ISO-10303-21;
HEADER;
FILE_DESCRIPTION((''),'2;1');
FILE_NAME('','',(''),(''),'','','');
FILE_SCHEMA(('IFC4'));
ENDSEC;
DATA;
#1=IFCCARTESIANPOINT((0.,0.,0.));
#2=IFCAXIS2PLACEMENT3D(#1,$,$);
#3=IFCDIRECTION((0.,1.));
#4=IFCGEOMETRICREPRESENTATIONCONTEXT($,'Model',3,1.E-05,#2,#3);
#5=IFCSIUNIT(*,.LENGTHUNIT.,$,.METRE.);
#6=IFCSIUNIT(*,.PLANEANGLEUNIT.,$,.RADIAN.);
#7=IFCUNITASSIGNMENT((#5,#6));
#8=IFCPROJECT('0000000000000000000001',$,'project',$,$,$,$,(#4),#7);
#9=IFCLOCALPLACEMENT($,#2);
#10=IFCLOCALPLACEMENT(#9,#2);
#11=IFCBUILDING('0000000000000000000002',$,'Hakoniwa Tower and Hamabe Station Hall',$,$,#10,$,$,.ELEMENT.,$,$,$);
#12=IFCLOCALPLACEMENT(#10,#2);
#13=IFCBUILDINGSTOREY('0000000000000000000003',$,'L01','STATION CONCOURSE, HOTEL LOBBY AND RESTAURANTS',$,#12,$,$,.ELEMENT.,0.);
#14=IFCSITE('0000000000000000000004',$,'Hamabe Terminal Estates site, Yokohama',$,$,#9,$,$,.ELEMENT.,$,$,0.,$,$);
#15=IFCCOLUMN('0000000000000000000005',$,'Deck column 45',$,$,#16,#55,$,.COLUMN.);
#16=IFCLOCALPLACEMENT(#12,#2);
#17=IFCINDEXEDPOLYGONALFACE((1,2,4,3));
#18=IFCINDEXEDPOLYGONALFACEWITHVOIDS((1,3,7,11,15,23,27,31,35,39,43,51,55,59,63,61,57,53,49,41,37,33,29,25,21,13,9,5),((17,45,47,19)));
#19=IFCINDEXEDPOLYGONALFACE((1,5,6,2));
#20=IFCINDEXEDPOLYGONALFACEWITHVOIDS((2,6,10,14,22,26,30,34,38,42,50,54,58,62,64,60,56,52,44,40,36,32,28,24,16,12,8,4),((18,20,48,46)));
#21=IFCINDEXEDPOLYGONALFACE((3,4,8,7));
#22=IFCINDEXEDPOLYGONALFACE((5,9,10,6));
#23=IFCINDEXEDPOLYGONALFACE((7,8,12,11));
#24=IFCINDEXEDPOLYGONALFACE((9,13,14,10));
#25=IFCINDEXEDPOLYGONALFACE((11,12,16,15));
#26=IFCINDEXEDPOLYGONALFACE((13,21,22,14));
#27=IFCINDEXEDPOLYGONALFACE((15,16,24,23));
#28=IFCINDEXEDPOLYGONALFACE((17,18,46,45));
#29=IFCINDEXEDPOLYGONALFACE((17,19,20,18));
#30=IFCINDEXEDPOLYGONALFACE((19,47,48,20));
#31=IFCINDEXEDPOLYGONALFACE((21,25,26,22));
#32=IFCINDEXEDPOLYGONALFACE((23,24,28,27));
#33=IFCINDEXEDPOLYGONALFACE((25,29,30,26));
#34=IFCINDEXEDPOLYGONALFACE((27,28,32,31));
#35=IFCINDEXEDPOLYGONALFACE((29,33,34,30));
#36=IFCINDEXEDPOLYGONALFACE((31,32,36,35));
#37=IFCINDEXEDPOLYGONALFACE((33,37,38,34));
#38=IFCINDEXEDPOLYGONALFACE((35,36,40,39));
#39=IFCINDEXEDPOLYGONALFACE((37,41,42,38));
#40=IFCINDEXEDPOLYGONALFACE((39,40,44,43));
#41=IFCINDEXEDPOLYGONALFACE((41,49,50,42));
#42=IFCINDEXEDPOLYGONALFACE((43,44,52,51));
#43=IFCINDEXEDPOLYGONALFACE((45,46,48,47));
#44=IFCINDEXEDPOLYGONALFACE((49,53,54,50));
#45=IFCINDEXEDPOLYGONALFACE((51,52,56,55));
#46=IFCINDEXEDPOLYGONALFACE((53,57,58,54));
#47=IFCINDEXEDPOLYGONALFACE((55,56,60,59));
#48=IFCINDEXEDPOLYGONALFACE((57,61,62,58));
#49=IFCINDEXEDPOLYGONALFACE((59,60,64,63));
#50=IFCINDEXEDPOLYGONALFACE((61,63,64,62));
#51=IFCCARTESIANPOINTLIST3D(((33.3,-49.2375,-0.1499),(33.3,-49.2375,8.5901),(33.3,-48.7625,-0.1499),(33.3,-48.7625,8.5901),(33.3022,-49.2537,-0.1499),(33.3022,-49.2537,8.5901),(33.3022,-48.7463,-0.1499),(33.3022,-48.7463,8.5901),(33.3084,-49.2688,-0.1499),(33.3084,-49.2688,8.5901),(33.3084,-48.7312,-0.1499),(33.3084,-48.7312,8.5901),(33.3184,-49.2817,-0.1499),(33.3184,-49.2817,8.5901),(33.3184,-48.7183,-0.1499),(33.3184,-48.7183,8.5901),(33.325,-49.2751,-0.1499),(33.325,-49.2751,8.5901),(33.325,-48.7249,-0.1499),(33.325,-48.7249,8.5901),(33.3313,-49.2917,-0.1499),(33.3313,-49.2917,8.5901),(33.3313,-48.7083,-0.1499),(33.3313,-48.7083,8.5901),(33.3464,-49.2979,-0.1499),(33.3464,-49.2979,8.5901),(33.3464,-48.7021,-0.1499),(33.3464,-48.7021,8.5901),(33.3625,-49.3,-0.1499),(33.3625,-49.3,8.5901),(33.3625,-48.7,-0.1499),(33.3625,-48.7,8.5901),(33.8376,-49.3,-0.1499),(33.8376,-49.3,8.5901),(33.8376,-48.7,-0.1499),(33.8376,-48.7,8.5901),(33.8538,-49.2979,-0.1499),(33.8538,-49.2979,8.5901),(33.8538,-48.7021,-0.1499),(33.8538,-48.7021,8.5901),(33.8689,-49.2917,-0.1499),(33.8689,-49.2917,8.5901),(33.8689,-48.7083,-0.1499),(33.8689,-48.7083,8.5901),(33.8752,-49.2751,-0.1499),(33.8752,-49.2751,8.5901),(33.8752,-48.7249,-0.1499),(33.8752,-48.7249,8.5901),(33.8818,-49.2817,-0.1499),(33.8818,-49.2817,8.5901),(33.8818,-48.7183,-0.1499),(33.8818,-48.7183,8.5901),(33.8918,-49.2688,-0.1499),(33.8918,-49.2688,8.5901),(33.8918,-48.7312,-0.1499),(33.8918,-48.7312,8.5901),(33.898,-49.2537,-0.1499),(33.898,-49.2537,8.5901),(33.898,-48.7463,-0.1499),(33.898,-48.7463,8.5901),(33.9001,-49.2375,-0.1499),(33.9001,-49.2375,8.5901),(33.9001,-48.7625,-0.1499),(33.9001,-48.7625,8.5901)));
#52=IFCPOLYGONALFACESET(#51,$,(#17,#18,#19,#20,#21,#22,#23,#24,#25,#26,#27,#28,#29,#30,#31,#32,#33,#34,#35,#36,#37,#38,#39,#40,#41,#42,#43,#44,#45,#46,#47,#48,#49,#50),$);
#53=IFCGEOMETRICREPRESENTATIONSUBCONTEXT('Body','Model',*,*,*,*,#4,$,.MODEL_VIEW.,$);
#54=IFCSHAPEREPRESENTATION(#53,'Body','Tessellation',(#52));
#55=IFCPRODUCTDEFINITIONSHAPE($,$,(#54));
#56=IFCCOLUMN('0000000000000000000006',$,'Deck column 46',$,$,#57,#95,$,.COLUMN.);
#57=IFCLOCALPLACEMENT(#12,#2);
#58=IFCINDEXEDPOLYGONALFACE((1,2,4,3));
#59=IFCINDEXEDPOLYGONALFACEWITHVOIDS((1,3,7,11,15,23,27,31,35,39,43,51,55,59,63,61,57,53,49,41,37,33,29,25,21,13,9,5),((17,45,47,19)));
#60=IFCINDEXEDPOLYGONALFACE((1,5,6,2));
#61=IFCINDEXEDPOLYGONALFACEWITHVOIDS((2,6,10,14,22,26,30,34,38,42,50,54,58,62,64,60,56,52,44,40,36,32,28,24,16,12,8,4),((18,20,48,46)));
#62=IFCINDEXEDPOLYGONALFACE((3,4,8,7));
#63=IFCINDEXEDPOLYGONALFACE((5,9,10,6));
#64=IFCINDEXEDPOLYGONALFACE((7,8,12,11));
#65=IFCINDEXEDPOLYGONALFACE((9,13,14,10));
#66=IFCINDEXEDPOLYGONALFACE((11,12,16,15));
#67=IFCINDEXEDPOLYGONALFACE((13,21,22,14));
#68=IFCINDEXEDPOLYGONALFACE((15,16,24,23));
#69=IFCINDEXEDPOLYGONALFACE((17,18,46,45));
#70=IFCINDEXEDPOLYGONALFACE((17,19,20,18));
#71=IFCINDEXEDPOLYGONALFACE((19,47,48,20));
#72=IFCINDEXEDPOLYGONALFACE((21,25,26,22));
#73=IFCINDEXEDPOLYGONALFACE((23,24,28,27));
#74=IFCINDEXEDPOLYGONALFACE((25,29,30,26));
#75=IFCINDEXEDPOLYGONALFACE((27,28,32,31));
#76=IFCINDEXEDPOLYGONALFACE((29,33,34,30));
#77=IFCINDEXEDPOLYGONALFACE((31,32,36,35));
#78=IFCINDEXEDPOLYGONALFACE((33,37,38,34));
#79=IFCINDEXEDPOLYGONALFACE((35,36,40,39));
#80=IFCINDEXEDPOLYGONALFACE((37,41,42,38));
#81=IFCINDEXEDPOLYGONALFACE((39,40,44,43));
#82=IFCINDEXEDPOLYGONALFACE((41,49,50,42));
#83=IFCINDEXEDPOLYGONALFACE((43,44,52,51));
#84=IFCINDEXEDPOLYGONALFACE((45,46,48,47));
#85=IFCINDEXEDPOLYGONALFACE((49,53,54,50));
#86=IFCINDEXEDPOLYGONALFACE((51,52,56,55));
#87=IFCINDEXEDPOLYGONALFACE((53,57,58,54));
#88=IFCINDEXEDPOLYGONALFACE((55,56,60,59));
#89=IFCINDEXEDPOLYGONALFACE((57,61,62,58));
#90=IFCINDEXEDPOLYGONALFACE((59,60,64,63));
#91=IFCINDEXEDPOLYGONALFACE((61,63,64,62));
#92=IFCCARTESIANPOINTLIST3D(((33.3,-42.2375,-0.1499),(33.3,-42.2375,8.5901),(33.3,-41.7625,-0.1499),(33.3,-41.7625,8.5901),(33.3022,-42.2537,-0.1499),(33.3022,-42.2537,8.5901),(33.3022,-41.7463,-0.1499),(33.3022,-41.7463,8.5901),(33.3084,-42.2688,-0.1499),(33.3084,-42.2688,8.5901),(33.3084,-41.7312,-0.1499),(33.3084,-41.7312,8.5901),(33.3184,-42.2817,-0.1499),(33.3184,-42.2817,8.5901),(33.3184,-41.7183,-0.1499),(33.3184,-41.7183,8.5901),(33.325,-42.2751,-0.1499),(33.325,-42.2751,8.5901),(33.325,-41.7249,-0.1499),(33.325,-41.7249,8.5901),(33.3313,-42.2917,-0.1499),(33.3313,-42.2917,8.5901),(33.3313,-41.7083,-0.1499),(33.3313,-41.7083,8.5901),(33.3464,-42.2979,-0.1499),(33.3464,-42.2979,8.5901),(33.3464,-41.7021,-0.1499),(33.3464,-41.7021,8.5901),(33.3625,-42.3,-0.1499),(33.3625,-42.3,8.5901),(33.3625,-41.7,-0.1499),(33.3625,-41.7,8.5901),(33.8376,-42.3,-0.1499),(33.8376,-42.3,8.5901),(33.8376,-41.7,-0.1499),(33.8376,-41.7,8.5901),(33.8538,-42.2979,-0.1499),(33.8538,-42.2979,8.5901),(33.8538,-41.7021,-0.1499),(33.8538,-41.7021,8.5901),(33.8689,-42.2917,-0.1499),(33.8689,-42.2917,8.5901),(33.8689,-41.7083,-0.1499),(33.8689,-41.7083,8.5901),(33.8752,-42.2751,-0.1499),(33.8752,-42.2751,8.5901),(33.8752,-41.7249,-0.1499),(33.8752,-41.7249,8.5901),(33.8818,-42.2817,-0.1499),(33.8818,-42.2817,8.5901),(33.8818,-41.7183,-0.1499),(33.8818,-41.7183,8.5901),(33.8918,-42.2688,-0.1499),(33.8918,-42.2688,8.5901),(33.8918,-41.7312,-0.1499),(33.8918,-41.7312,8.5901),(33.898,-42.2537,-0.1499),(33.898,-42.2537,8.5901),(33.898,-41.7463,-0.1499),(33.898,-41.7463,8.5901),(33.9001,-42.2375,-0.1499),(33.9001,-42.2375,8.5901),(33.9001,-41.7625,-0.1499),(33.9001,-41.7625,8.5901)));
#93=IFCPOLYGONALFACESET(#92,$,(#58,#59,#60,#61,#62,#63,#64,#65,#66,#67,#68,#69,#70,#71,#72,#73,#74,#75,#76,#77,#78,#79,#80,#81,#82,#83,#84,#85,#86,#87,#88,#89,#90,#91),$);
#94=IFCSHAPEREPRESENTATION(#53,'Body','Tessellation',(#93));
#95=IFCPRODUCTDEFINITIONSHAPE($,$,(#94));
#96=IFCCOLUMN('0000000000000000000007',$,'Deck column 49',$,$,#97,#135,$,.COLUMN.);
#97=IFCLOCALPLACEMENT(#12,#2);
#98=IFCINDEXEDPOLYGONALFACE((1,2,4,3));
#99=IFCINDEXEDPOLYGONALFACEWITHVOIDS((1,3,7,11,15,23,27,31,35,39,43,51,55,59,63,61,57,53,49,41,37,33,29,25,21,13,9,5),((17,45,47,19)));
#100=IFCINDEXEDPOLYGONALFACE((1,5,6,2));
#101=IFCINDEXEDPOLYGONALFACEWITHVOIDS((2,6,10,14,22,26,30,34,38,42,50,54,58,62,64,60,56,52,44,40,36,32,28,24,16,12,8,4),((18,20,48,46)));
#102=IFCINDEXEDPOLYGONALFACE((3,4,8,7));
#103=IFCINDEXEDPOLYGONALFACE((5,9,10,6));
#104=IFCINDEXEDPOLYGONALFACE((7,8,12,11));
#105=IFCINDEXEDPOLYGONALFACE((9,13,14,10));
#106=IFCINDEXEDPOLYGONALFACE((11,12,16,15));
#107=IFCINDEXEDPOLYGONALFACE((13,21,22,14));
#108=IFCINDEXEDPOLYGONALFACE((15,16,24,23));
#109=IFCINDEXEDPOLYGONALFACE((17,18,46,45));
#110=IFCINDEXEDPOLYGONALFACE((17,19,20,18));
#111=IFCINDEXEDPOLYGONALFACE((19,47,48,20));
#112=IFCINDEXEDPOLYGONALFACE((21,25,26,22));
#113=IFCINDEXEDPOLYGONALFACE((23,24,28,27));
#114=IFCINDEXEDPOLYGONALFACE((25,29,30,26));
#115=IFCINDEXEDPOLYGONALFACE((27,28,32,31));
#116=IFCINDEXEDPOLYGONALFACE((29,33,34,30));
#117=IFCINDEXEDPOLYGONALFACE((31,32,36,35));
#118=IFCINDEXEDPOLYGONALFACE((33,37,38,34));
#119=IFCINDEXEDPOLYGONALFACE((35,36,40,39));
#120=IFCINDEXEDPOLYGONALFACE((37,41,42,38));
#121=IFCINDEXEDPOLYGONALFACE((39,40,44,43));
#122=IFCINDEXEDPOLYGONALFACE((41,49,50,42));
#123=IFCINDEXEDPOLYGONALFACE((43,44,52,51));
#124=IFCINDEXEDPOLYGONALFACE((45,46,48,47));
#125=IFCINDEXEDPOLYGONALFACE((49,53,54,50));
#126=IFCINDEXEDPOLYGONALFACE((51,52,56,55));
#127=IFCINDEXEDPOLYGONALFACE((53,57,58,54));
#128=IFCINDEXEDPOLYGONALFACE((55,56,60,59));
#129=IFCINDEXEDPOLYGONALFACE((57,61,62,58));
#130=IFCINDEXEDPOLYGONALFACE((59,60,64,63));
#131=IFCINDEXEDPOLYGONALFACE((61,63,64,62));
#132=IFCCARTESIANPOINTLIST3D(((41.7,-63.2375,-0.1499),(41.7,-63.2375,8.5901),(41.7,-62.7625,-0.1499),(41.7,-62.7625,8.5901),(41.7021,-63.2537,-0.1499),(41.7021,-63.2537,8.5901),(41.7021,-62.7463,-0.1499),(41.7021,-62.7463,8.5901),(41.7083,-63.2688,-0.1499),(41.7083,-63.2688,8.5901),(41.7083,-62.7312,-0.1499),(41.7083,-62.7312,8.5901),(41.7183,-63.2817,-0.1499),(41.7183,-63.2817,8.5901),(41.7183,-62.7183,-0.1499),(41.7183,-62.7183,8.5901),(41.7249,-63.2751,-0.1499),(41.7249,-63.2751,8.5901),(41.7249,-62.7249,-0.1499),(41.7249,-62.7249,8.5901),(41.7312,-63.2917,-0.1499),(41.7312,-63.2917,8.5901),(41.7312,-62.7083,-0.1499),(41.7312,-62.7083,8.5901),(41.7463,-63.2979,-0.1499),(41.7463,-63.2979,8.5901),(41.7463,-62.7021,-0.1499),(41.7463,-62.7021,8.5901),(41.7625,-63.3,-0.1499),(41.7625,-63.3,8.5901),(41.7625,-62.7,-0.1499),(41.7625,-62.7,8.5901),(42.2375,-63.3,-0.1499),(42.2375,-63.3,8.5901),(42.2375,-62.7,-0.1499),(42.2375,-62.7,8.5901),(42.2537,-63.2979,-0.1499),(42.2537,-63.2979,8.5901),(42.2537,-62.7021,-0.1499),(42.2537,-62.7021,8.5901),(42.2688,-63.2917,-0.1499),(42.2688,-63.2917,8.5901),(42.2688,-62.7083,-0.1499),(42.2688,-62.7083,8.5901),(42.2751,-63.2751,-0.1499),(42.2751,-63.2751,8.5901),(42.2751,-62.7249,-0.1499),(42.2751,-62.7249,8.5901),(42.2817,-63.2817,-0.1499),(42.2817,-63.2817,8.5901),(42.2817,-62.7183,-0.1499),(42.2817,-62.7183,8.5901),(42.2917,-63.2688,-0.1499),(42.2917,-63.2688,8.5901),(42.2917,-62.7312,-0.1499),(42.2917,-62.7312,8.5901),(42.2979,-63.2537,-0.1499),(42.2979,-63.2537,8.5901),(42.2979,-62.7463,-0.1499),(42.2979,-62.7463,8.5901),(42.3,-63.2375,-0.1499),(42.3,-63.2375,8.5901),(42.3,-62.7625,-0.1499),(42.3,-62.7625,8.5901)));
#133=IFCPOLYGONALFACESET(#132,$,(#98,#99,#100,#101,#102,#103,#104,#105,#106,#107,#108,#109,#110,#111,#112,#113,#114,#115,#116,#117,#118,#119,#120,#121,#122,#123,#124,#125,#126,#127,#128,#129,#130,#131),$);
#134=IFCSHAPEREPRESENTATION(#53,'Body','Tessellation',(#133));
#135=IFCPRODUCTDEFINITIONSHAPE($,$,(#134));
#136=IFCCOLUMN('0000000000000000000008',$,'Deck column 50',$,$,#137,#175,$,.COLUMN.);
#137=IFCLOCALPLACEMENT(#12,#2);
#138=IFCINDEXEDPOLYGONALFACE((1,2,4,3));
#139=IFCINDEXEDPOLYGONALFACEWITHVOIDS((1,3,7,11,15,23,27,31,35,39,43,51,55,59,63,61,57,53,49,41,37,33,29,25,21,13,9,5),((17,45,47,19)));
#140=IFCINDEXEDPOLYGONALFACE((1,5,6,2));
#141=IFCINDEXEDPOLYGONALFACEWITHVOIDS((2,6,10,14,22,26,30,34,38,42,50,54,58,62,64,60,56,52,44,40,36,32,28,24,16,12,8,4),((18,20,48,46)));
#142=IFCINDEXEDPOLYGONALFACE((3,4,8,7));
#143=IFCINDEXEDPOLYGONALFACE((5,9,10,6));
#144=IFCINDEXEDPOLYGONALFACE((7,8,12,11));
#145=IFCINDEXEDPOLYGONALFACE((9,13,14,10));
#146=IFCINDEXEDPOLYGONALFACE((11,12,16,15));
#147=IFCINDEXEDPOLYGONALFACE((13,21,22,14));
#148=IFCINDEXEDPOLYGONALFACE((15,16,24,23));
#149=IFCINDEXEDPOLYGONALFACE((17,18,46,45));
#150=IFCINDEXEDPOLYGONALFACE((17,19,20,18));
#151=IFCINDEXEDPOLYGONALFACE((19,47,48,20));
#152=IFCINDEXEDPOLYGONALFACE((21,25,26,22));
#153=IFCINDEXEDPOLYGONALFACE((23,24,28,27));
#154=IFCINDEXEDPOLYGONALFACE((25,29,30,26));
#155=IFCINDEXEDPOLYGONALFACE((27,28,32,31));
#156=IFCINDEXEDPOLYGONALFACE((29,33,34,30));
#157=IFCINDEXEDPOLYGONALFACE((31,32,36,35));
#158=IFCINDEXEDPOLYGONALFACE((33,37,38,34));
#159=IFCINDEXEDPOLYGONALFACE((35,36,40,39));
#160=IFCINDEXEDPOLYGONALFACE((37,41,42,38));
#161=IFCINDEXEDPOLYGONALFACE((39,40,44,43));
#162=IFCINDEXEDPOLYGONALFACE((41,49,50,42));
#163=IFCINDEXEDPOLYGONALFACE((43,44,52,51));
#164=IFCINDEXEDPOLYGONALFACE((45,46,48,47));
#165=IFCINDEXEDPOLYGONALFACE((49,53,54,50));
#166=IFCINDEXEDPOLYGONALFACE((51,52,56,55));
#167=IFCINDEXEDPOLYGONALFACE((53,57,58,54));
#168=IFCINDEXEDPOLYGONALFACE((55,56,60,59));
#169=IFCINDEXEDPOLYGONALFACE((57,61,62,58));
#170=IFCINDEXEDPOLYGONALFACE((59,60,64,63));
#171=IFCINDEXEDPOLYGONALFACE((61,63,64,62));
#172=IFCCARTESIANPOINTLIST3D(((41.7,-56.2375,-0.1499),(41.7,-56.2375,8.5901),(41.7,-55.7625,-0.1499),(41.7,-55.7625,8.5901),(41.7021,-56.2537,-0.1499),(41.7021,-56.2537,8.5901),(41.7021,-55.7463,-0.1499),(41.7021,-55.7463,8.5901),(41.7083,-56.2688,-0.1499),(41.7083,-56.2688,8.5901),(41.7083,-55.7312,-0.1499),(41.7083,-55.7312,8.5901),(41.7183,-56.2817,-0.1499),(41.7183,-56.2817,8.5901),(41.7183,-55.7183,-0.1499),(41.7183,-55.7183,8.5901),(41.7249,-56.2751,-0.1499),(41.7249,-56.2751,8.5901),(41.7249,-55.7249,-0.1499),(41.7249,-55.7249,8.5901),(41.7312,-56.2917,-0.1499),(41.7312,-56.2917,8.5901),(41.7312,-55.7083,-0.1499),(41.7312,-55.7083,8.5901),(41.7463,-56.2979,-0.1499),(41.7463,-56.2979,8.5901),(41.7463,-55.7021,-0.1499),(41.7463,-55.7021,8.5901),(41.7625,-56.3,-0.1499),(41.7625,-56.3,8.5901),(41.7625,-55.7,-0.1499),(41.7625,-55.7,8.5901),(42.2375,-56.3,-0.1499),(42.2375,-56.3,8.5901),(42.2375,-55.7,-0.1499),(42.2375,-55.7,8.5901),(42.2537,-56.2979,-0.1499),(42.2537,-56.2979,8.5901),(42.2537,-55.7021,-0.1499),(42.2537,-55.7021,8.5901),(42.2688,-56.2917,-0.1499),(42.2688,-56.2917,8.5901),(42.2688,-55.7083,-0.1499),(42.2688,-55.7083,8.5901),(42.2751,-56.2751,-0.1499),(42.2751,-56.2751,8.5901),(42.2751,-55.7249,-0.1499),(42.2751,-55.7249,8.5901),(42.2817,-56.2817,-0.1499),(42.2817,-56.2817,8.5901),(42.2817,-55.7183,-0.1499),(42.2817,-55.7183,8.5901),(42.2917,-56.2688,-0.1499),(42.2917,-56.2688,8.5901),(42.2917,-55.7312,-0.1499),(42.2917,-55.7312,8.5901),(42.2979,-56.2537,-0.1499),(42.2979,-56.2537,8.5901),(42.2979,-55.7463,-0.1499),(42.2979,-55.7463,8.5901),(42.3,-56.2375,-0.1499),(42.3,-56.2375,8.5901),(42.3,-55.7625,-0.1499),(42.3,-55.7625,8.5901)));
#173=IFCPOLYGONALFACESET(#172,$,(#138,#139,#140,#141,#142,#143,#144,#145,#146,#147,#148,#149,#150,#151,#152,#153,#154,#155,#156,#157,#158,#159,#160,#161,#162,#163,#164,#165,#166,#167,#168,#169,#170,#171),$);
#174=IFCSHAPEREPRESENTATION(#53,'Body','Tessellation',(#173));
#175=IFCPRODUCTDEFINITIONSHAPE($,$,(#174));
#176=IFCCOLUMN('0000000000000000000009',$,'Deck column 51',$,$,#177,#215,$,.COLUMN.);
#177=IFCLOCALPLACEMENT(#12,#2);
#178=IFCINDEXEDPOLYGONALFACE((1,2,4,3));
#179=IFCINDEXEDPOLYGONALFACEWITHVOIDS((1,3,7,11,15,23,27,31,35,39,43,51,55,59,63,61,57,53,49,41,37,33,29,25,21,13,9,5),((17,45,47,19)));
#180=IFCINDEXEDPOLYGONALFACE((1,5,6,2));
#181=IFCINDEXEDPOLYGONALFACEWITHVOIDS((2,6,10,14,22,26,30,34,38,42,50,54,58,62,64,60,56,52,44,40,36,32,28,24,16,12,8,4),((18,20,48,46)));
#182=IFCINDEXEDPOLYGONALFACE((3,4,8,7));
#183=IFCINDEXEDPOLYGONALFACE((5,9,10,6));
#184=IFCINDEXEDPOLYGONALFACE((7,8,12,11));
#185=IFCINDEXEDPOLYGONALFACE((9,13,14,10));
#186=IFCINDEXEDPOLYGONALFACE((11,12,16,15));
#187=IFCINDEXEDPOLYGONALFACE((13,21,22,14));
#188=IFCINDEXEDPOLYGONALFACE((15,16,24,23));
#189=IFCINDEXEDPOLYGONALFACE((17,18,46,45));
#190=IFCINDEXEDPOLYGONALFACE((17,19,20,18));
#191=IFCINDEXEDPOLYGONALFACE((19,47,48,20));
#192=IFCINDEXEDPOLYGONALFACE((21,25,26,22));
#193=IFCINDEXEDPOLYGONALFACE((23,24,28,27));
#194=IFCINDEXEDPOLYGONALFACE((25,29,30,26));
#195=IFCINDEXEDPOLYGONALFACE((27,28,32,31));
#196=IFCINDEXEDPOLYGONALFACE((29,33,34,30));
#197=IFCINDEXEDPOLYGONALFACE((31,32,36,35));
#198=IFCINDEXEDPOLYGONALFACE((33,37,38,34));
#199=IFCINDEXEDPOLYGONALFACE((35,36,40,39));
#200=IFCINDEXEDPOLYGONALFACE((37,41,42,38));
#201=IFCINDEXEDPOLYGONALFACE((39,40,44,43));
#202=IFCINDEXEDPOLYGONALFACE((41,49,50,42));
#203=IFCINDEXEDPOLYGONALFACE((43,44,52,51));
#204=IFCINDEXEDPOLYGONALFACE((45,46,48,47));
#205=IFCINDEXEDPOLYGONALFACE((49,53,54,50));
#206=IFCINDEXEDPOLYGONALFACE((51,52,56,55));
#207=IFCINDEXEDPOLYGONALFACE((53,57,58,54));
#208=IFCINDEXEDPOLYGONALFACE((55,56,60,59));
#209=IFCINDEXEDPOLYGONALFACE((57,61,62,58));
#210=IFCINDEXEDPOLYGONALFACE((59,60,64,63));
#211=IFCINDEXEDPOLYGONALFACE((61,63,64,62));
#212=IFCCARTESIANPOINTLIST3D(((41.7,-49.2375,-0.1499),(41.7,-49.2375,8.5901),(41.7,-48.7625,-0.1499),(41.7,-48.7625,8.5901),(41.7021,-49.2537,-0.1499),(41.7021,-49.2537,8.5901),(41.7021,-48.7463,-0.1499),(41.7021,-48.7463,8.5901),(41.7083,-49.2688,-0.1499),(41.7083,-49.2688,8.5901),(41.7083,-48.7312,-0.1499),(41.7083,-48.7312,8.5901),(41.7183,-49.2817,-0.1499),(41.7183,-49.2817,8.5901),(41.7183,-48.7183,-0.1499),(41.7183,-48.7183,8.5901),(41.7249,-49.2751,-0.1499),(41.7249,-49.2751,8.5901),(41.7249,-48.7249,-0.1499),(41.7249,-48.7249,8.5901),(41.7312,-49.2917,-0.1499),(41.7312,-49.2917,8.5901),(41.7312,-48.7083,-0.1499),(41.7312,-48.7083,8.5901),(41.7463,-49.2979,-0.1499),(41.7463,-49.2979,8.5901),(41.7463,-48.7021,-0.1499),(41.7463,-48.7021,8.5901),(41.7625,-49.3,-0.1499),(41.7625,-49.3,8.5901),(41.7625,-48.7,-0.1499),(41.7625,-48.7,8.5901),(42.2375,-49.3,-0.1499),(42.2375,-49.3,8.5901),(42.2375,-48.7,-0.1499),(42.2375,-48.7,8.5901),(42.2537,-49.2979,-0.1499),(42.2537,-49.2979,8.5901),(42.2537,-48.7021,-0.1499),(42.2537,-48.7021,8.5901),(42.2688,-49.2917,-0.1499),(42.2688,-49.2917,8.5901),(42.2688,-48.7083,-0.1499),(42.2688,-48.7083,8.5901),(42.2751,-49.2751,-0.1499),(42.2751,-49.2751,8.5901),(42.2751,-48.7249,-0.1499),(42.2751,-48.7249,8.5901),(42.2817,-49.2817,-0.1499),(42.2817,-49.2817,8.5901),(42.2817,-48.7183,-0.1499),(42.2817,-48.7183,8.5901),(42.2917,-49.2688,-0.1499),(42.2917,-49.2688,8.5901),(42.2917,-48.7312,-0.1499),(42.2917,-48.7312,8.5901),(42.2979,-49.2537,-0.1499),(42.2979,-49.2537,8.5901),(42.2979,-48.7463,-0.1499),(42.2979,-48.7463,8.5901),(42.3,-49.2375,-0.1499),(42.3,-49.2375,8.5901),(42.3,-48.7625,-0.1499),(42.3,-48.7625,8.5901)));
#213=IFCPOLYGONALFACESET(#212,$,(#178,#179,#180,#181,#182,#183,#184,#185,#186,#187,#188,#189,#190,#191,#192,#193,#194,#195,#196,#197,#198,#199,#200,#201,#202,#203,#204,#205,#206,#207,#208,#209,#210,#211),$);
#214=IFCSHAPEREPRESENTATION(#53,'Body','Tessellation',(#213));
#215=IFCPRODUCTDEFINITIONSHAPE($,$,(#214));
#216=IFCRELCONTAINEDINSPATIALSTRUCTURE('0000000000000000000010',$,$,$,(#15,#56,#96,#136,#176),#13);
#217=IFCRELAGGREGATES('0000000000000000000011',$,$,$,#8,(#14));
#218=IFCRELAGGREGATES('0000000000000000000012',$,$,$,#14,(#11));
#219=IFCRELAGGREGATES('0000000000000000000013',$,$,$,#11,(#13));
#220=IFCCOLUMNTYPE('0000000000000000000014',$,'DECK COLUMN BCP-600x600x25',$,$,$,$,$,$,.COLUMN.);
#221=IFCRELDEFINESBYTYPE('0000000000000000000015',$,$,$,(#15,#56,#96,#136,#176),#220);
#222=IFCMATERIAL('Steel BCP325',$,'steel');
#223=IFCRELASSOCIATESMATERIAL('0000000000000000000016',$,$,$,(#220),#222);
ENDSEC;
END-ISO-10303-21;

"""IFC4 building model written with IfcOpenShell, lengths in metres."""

from ifc_helpers import new_model, si_unit, direction, frame, origin, origin_2d, place, context, subcontext, project, spatial, hollow_rectangle, extrude, material, material_profile, profile_set, type_object, element, save


model = new_model("IFC4")

# Units and contexts
model_context = context("Model", 3, precision=1e-05, world=origin(), true_north=direction((0.0, 1.0)))
body_context = subcontext(model_context, "Body", "Model", "MODEL_VIEW")
ifc_project = project(units=[si_unit("LENGTHUNIT", "METRE"), si_unit("PLANEANGLEUNIT", "RADIAN")], contexts=[model_context])

# Site, building, storey
site_placement = place(None, origin())
site = spatial("IfcSite", under=ifc_project, at=site_placement, Name="Hamabe Terminal Estates site, Yokohama", CompositionType="ELEMENT", RefElevation=0.0)
building_placement = place(site_placement, origin())
building = spatial("IfcBuilding", under=site, at=building_placement, Name="Hakoniwa Tower and Hamabe Station Hall", CompositionType="ELEMENT")
storey_placement = place(building_placement, origin())
storey = spatial("IfcBuildingStorey", under=building, at=storey_placement, Name="L01", Description="STATION CONCOURSE, HOTEL LOBBY AND RESTAURANTS", CompositionType="ELEMENT", Elevation=0.0)

# Columns
ifc_material_1 = material(Name="Steel BCP325", Category="steel")
ifc_material_profile_1 = material_profile(ifc_material_1, hollow_rectangle(XDim=0.6001, YDim=0.6001, WallThickness=0.0249, OuterFilletRadius=0.0625, at=origin_2d()), Name="DECK COLUMN BCP-600x600x25")
ifc_profile_set_1 = profile_set([ifc_material_profile_1], Name="Steel BCP325")
column_type = type_object("IfcColumnType", Name="DECK COLUMN BCP-600x600x25", PredefinedType="COLUMN", material=ifc_profile_set_1)
for number, where, z_axis, x_axis, name in (
    (1, (33.6001, -49.0, -0.1499), (0.0, 0.0, 1.0), (1.0, 0.0, 0.0), "Deck column 45"),
    (2, (33.6001, -42.0, -0.1499), (0.0, 0.0, 1.0), (1.0, 0.0, 0.0), "Deck column 46"),
    (3, (42.0, -63.0, -0.1499), (0.0, 0.0, 1.0), (1.0, 0.0, 0.0), "Deck column 49"),
    (4, (42.0, -56.0, -0.1499), (0.0, 0.0, 1.0), (1.0, 0.0, 0.0), "Deck column 50"),
    (5, (42.0, -49.0, -0.1499), (0.0, 0.0, 1.0), (1.0, 0.0, 0.0), "Deck column 51"),
):
    element("IfcColumn", number, at=place(storey_placement, frame(where, z_axis=z_axis, x_axis=x_axis)), inside=storey, type_object=column_type, Name=name, PredefinedType="COLUMN", context=body_context, shape_type="SweptSolid", body=[
        extrude(hollow_rectangle(XDim=0.6001, YDim=0.6001, WallThickness=0.0249, OuterFilletRadius=0.0625, at=origin_2d()), origin(), (0.0, 0.0, 1.0), 8.74),
    ])

save(model, "model.ifc")
